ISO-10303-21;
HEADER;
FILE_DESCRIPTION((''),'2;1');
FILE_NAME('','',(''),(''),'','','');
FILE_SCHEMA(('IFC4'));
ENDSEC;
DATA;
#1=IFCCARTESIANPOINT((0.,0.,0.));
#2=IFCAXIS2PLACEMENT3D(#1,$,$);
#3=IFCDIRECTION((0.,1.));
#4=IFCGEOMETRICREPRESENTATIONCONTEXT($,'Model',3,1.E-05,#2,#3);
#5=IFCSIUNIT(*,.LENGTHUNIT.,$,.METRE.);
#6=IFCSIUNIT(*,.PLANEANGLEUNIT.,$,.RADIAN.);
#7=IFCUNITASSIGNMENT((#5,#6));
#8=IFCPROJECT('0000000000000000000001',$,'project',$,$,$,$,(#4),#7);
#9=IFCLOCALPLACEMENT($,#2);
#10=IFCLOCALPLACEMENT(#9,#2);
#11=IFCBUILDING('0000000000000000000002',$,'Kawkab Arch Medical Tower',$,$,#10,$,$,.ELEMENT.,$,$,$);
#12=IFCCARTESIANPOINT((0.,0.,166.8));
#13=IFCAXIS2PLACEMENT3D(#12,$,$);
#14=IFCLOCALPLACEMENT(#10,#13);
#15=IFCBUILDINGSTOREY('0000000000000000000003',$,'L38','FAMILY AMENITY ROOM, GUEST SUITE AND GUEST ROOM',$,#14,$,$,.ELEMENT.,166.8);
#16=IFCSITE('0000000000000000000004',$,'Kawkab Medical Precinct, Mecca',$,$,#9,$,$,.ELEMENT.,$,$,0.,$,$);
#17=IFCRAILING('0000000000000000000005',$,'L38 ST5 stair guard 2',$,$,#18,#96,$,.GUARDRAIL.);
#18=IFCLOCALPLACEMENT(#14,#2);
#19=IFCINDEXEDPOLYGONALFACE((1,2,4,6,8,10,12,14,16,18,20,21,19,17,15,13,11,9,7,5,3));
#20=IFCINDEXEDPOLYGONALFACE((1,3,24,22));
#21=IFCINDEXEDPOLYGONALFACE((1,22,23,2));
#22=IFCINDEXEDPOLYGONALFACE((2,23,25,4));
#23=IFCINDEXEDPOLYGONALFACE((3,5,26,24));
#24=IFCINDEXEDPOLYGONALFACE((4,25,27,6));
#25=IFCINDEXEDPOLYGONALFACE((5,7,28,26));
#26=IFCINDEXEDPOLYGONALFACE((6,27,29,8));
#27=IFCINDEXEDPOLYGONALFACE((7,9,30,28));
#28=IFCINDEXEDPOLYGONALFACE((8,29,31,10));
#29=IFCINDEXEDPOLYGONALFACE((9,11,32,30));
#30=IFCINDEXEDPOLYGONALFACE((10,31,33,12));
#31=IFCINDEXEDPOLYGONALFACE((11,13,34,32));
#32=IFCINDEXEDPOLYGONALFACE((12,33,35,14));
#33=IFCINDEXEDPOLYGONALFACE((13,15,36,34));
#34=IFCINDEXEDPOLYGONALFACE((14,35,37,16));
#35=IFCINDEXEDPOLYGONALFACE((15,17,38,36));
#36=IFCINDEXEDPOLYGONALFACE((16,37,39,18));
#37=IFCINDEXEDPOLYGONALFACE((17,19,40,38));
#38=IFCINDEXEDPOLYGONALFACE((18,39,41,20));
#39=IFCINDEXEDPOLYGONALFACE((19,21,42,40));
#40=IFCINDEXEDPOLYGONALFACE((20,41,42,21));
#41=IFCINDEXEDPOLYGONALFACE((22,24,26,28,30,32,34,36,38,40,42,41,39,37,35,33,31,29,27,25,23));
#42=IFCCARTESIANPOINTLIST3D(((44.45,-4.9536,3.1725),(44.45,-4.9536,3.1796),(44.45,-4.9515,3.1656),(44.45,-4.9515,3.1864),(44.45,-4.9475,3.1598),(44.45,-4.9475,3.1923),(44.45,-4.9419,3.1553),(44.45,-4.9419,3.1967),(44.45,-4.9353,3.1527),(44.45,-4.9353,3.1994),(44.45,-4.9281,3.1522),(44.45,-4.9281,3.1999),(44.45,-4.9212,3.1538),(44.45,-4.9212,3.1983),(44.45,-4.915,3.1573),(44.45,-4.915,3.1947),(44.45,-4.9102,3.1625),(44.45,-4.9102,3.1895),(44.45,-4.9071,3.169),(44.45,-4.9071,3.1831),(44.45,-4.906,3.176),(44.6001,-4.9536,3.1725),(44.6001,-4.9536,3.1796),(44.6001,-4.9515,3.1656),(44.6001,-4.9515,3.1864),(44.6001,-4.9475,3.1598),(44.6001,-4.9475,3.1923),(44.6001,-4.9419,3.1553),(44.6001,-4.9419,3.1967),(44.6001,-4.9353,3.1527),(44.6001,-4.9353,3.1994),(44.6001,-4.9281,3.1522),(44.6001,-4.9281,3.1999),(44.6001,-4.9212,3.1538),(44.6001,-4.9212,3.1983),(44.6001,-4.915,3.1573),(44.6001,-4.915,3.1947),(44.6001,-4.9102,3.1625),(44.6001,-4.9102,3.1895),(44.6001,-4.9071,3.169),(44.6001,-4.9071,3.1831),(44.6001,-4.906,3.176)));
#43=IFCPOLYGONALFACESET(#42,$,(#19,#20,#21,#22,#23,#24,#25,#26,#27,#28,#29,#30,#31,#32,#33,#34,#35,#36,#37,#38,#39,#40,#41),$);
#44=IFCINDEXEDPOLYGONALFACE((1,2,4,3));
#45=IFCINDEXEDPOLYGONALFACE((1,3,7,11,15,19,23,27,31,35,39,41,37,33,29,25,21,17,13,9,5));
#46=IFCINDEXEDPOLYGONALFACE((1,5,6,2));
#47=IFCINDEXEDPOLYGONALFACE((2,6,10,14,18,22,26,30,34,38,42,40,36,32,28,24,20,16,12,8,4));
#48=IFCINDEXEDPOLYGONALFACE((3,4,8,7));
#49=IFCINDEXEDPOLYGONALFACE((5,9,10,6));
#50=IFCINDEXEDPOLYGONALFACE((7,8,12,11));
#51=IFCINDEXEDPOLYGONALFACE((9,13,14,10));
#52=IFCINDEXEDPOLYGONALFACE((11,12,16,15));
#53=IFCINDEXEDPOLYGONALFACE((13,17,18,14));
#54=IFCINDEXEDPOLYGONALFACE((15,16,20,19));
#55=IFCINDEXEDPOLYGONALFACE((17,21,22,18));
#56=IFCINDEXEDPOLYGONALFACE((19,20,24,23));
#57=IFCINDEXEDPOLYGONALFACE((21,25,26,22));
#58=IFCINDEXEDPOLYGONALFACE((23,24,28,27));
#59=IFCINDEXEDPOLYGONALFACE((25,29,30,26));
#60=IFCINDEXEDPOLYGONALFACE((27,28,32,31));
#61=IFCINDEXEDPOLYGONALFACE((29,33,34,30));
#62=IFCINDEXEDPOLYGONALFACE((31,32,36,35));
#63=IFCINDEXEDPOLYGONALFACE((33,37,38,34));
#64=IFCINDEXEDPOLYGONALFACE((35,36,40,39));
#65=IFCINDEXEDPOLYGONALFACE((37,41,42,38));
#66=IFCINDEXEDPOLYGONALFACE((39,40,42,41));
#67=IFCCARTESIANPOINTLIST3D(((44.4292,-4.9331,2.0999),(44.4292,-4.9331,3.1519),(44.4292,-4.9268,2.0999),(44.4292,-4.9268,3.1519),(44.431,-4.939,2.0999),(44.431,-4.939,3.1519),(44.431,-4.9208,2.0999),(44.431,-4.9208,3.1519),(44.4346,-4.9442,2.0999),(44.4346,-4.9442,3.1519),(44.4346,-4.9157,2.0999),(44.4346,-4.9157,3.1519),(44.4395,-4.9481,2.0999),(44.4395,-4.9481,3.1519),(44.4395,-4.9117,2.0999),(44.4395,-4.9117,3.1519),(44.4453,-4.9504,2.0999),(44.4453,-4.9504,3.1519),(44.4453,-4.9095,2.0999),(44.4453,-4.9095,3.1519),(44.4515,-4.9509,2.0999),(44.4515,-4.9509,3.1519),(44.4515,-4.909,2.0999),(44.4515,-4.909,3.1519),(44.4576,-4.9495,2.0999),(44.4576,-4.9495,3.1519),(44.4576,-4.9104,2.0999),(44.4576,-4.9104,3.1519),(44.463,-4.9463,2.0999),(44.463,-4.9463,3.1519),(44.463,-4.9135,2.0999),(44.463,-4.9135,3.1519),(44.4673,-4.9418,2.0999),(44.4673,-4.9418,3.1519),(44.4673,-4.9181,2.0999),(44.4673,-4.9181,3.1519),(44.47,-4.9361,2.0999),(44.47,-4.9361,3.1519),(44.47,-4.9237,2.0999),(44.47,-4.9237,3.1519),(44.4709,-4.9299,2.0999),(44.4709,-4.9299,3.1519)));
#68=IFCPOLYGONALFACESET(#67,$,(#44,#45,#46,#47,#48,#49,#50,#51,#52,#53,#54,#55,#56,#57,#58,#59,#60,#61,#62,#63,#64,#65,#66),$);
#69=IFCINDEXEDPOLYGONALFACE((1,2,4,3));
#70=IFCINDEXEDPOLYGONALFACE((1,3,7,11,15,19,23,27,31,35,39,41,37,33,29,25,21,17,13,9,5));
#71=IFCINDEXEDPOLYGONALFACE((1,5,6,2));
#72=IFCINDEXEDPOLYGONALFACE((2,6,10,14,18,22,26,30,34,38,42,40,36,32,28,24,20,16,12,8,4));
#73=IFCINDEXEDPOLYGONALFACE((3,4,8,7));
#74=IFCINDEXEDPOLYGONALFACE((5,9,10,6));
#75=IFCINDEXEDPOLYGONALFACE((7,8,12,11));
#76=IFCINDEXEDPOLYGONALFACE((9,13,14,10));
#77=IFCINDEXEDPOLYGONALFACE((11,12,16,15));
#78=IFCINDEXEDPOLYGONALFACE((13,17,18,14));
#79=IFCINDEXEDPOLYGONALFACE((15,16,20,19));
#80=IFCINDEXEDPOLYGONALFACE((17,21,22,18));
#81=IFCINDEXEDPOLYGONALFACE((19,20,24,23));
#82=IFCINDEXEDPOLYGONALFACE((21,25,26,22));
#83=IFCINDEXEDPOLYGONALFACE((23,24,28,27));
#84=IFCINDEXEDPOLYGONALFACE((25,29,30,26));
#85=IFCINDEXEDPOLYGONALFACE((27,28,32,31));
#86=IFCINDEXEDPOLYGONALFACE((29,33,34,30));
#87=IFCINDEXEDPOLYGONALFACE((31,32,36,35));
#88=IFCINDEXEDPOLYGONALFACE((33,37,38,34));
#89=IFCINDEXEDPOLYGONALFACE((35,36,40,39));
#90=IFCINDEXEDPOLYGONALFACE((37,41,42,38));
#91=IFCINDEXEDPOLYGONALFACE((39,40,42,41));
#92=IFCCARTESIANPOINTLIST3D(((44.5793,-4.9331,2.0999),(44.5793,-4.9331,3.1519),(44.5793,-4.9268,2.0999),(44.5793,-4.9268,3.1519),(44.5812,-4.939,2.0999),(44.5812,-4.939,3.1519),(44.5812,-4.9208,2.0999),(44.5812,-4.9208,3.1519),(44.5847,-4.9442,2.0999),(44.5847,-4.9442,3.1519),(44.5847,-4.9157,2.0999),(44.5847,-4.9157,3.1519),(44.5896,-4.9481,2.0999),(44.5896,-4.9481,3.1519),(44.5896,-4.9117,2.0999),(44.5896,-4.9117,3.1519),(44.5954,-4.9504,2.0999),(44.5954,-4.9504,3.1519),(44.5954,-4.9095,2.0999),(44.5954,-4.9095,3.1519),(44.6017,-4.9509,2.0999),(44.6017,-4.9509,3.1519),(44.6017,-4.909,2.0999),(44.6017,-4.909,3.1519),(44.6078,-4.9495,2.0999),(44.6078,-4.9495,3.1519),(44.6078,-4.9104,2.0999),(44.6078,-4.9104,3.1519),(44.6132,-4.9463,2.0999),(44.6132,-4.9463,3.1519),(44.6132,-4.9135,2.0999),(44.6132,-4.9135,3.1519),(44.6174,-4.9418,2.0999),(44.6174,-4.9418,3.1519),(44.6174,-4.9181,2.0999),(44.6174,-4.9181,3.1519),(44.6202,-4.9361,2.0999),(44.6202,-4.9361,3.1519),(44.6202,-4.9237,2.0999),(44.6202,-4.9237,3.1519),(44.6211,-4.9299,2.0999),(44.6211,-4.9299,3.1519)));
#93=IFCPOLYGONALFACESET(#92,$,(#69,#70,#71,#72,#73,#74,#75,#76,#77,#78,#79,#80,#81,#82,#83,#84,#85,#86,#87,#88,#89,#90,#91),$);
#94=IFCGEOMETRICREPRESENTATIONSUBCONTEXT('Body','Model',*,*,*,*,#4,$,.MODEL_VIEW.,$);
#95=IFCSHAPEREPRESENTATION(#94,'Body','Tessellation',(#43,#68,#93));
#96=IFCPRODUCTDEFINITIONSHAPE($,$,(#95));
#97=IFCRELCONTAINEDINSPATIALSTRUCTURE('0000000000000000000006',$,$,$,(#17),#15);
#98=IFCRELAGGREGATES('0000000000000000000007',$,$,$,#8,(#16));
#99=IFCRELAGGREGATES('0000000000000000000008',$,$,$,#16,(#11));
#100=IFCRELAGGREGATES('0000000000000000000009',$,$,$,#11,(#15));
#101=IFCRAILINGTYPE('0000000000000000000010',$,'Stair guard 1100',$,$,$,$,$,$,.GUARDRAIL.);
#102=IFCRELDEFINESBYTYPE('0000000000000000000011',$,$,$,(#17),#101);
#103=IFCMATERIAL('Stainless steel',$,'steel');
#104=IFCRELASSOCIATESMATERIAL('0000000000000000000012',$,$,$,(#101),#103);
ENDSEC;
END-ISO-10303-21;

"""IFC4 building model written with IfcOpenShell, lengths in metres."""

from ifc_helpers import new_model, si_unit, direction, frame, origin, origin_2d, place, context, subcontext, project, spatial, circle, extrude, material, type_object, element, save


model = new_model("IFC4")

# Units and contexts
model_context = context("Model", 3, precision=1e-05, world=origin(), true_north=direction((0.0, 1.0)))
body_context = subcontext(model_context, "Body", "Model", "MODEL_VIEW")
ifc_project = project(units=[si_unit("LENGTHUNIT", "METRE"), si_unit("PLANEANGLEUNIT", "RADIAN")], contexts=[model_context])

# Site, building, storey
site_placement = place(None, origin())
site = spatial("IfcSite", under=ifc_project, at=site_placement, Name="Kawkab Medical Precinct, Mecca", CompositionType="ELEMENT", RefElevation=0.0)
building_placement = place(site_placement, origin())
building = spatial("IfcBuilding", under=site, at=building_placement, Name="Kawkab Arch Medical Tower", CompositionType="ELEMENT")
storey_placement = place(building_placement, frame((0.0, 0.0, 166.8)))
storey = spatial("IfcBuildingStorey", under=building, at=storey_placement, Name="L38", Description="FAMILY AMENITY ROOM, GUEST SUITE AND GUEST ROOM", CompositionType="ELEMENT", Elevation=166.8)

# Railing
ifc_material_1 = material(Name="Stainless steel", Category="steel")
railing_type = type_object("IfcRailingType", Name="Stair guard 1100", PredefinedType="GUARDRAIL", material=ifc_material_1)
railing_1_placement = place(storey_placement, frame((44.45, -4.9299, 2.0999)))
element("IfcRailing", 1, at=railing_1_placement, inside=storey, type_object=railing_type, Name="L38 ST5 stair guard 2", PredefinedType="GUARDRAIL", context=body_context, shape_type="SweptSolid", body=[
    extrude(circle(Radius=0.0239, at=origin_2d()), frame((0.0, 0.0, 1.0762), z_axis=(1.0, 0.0, 0.0), x_axis=(0.0, 1.0, 0.0)), (0.0, 0.0, 1.0), 0.1501),
    extrude(circle(Radius=0.021, at=origin_2d()), origin(), (0.0, 0.0, 1.0), 1.052),
    extrude(circle(Radius=0.021, at=origin_2d()), frame((0.1501, 0.0, 0.0)), (0.0, 0.0, 1.0), 1.052),
])

save(model, "model.ifc")
